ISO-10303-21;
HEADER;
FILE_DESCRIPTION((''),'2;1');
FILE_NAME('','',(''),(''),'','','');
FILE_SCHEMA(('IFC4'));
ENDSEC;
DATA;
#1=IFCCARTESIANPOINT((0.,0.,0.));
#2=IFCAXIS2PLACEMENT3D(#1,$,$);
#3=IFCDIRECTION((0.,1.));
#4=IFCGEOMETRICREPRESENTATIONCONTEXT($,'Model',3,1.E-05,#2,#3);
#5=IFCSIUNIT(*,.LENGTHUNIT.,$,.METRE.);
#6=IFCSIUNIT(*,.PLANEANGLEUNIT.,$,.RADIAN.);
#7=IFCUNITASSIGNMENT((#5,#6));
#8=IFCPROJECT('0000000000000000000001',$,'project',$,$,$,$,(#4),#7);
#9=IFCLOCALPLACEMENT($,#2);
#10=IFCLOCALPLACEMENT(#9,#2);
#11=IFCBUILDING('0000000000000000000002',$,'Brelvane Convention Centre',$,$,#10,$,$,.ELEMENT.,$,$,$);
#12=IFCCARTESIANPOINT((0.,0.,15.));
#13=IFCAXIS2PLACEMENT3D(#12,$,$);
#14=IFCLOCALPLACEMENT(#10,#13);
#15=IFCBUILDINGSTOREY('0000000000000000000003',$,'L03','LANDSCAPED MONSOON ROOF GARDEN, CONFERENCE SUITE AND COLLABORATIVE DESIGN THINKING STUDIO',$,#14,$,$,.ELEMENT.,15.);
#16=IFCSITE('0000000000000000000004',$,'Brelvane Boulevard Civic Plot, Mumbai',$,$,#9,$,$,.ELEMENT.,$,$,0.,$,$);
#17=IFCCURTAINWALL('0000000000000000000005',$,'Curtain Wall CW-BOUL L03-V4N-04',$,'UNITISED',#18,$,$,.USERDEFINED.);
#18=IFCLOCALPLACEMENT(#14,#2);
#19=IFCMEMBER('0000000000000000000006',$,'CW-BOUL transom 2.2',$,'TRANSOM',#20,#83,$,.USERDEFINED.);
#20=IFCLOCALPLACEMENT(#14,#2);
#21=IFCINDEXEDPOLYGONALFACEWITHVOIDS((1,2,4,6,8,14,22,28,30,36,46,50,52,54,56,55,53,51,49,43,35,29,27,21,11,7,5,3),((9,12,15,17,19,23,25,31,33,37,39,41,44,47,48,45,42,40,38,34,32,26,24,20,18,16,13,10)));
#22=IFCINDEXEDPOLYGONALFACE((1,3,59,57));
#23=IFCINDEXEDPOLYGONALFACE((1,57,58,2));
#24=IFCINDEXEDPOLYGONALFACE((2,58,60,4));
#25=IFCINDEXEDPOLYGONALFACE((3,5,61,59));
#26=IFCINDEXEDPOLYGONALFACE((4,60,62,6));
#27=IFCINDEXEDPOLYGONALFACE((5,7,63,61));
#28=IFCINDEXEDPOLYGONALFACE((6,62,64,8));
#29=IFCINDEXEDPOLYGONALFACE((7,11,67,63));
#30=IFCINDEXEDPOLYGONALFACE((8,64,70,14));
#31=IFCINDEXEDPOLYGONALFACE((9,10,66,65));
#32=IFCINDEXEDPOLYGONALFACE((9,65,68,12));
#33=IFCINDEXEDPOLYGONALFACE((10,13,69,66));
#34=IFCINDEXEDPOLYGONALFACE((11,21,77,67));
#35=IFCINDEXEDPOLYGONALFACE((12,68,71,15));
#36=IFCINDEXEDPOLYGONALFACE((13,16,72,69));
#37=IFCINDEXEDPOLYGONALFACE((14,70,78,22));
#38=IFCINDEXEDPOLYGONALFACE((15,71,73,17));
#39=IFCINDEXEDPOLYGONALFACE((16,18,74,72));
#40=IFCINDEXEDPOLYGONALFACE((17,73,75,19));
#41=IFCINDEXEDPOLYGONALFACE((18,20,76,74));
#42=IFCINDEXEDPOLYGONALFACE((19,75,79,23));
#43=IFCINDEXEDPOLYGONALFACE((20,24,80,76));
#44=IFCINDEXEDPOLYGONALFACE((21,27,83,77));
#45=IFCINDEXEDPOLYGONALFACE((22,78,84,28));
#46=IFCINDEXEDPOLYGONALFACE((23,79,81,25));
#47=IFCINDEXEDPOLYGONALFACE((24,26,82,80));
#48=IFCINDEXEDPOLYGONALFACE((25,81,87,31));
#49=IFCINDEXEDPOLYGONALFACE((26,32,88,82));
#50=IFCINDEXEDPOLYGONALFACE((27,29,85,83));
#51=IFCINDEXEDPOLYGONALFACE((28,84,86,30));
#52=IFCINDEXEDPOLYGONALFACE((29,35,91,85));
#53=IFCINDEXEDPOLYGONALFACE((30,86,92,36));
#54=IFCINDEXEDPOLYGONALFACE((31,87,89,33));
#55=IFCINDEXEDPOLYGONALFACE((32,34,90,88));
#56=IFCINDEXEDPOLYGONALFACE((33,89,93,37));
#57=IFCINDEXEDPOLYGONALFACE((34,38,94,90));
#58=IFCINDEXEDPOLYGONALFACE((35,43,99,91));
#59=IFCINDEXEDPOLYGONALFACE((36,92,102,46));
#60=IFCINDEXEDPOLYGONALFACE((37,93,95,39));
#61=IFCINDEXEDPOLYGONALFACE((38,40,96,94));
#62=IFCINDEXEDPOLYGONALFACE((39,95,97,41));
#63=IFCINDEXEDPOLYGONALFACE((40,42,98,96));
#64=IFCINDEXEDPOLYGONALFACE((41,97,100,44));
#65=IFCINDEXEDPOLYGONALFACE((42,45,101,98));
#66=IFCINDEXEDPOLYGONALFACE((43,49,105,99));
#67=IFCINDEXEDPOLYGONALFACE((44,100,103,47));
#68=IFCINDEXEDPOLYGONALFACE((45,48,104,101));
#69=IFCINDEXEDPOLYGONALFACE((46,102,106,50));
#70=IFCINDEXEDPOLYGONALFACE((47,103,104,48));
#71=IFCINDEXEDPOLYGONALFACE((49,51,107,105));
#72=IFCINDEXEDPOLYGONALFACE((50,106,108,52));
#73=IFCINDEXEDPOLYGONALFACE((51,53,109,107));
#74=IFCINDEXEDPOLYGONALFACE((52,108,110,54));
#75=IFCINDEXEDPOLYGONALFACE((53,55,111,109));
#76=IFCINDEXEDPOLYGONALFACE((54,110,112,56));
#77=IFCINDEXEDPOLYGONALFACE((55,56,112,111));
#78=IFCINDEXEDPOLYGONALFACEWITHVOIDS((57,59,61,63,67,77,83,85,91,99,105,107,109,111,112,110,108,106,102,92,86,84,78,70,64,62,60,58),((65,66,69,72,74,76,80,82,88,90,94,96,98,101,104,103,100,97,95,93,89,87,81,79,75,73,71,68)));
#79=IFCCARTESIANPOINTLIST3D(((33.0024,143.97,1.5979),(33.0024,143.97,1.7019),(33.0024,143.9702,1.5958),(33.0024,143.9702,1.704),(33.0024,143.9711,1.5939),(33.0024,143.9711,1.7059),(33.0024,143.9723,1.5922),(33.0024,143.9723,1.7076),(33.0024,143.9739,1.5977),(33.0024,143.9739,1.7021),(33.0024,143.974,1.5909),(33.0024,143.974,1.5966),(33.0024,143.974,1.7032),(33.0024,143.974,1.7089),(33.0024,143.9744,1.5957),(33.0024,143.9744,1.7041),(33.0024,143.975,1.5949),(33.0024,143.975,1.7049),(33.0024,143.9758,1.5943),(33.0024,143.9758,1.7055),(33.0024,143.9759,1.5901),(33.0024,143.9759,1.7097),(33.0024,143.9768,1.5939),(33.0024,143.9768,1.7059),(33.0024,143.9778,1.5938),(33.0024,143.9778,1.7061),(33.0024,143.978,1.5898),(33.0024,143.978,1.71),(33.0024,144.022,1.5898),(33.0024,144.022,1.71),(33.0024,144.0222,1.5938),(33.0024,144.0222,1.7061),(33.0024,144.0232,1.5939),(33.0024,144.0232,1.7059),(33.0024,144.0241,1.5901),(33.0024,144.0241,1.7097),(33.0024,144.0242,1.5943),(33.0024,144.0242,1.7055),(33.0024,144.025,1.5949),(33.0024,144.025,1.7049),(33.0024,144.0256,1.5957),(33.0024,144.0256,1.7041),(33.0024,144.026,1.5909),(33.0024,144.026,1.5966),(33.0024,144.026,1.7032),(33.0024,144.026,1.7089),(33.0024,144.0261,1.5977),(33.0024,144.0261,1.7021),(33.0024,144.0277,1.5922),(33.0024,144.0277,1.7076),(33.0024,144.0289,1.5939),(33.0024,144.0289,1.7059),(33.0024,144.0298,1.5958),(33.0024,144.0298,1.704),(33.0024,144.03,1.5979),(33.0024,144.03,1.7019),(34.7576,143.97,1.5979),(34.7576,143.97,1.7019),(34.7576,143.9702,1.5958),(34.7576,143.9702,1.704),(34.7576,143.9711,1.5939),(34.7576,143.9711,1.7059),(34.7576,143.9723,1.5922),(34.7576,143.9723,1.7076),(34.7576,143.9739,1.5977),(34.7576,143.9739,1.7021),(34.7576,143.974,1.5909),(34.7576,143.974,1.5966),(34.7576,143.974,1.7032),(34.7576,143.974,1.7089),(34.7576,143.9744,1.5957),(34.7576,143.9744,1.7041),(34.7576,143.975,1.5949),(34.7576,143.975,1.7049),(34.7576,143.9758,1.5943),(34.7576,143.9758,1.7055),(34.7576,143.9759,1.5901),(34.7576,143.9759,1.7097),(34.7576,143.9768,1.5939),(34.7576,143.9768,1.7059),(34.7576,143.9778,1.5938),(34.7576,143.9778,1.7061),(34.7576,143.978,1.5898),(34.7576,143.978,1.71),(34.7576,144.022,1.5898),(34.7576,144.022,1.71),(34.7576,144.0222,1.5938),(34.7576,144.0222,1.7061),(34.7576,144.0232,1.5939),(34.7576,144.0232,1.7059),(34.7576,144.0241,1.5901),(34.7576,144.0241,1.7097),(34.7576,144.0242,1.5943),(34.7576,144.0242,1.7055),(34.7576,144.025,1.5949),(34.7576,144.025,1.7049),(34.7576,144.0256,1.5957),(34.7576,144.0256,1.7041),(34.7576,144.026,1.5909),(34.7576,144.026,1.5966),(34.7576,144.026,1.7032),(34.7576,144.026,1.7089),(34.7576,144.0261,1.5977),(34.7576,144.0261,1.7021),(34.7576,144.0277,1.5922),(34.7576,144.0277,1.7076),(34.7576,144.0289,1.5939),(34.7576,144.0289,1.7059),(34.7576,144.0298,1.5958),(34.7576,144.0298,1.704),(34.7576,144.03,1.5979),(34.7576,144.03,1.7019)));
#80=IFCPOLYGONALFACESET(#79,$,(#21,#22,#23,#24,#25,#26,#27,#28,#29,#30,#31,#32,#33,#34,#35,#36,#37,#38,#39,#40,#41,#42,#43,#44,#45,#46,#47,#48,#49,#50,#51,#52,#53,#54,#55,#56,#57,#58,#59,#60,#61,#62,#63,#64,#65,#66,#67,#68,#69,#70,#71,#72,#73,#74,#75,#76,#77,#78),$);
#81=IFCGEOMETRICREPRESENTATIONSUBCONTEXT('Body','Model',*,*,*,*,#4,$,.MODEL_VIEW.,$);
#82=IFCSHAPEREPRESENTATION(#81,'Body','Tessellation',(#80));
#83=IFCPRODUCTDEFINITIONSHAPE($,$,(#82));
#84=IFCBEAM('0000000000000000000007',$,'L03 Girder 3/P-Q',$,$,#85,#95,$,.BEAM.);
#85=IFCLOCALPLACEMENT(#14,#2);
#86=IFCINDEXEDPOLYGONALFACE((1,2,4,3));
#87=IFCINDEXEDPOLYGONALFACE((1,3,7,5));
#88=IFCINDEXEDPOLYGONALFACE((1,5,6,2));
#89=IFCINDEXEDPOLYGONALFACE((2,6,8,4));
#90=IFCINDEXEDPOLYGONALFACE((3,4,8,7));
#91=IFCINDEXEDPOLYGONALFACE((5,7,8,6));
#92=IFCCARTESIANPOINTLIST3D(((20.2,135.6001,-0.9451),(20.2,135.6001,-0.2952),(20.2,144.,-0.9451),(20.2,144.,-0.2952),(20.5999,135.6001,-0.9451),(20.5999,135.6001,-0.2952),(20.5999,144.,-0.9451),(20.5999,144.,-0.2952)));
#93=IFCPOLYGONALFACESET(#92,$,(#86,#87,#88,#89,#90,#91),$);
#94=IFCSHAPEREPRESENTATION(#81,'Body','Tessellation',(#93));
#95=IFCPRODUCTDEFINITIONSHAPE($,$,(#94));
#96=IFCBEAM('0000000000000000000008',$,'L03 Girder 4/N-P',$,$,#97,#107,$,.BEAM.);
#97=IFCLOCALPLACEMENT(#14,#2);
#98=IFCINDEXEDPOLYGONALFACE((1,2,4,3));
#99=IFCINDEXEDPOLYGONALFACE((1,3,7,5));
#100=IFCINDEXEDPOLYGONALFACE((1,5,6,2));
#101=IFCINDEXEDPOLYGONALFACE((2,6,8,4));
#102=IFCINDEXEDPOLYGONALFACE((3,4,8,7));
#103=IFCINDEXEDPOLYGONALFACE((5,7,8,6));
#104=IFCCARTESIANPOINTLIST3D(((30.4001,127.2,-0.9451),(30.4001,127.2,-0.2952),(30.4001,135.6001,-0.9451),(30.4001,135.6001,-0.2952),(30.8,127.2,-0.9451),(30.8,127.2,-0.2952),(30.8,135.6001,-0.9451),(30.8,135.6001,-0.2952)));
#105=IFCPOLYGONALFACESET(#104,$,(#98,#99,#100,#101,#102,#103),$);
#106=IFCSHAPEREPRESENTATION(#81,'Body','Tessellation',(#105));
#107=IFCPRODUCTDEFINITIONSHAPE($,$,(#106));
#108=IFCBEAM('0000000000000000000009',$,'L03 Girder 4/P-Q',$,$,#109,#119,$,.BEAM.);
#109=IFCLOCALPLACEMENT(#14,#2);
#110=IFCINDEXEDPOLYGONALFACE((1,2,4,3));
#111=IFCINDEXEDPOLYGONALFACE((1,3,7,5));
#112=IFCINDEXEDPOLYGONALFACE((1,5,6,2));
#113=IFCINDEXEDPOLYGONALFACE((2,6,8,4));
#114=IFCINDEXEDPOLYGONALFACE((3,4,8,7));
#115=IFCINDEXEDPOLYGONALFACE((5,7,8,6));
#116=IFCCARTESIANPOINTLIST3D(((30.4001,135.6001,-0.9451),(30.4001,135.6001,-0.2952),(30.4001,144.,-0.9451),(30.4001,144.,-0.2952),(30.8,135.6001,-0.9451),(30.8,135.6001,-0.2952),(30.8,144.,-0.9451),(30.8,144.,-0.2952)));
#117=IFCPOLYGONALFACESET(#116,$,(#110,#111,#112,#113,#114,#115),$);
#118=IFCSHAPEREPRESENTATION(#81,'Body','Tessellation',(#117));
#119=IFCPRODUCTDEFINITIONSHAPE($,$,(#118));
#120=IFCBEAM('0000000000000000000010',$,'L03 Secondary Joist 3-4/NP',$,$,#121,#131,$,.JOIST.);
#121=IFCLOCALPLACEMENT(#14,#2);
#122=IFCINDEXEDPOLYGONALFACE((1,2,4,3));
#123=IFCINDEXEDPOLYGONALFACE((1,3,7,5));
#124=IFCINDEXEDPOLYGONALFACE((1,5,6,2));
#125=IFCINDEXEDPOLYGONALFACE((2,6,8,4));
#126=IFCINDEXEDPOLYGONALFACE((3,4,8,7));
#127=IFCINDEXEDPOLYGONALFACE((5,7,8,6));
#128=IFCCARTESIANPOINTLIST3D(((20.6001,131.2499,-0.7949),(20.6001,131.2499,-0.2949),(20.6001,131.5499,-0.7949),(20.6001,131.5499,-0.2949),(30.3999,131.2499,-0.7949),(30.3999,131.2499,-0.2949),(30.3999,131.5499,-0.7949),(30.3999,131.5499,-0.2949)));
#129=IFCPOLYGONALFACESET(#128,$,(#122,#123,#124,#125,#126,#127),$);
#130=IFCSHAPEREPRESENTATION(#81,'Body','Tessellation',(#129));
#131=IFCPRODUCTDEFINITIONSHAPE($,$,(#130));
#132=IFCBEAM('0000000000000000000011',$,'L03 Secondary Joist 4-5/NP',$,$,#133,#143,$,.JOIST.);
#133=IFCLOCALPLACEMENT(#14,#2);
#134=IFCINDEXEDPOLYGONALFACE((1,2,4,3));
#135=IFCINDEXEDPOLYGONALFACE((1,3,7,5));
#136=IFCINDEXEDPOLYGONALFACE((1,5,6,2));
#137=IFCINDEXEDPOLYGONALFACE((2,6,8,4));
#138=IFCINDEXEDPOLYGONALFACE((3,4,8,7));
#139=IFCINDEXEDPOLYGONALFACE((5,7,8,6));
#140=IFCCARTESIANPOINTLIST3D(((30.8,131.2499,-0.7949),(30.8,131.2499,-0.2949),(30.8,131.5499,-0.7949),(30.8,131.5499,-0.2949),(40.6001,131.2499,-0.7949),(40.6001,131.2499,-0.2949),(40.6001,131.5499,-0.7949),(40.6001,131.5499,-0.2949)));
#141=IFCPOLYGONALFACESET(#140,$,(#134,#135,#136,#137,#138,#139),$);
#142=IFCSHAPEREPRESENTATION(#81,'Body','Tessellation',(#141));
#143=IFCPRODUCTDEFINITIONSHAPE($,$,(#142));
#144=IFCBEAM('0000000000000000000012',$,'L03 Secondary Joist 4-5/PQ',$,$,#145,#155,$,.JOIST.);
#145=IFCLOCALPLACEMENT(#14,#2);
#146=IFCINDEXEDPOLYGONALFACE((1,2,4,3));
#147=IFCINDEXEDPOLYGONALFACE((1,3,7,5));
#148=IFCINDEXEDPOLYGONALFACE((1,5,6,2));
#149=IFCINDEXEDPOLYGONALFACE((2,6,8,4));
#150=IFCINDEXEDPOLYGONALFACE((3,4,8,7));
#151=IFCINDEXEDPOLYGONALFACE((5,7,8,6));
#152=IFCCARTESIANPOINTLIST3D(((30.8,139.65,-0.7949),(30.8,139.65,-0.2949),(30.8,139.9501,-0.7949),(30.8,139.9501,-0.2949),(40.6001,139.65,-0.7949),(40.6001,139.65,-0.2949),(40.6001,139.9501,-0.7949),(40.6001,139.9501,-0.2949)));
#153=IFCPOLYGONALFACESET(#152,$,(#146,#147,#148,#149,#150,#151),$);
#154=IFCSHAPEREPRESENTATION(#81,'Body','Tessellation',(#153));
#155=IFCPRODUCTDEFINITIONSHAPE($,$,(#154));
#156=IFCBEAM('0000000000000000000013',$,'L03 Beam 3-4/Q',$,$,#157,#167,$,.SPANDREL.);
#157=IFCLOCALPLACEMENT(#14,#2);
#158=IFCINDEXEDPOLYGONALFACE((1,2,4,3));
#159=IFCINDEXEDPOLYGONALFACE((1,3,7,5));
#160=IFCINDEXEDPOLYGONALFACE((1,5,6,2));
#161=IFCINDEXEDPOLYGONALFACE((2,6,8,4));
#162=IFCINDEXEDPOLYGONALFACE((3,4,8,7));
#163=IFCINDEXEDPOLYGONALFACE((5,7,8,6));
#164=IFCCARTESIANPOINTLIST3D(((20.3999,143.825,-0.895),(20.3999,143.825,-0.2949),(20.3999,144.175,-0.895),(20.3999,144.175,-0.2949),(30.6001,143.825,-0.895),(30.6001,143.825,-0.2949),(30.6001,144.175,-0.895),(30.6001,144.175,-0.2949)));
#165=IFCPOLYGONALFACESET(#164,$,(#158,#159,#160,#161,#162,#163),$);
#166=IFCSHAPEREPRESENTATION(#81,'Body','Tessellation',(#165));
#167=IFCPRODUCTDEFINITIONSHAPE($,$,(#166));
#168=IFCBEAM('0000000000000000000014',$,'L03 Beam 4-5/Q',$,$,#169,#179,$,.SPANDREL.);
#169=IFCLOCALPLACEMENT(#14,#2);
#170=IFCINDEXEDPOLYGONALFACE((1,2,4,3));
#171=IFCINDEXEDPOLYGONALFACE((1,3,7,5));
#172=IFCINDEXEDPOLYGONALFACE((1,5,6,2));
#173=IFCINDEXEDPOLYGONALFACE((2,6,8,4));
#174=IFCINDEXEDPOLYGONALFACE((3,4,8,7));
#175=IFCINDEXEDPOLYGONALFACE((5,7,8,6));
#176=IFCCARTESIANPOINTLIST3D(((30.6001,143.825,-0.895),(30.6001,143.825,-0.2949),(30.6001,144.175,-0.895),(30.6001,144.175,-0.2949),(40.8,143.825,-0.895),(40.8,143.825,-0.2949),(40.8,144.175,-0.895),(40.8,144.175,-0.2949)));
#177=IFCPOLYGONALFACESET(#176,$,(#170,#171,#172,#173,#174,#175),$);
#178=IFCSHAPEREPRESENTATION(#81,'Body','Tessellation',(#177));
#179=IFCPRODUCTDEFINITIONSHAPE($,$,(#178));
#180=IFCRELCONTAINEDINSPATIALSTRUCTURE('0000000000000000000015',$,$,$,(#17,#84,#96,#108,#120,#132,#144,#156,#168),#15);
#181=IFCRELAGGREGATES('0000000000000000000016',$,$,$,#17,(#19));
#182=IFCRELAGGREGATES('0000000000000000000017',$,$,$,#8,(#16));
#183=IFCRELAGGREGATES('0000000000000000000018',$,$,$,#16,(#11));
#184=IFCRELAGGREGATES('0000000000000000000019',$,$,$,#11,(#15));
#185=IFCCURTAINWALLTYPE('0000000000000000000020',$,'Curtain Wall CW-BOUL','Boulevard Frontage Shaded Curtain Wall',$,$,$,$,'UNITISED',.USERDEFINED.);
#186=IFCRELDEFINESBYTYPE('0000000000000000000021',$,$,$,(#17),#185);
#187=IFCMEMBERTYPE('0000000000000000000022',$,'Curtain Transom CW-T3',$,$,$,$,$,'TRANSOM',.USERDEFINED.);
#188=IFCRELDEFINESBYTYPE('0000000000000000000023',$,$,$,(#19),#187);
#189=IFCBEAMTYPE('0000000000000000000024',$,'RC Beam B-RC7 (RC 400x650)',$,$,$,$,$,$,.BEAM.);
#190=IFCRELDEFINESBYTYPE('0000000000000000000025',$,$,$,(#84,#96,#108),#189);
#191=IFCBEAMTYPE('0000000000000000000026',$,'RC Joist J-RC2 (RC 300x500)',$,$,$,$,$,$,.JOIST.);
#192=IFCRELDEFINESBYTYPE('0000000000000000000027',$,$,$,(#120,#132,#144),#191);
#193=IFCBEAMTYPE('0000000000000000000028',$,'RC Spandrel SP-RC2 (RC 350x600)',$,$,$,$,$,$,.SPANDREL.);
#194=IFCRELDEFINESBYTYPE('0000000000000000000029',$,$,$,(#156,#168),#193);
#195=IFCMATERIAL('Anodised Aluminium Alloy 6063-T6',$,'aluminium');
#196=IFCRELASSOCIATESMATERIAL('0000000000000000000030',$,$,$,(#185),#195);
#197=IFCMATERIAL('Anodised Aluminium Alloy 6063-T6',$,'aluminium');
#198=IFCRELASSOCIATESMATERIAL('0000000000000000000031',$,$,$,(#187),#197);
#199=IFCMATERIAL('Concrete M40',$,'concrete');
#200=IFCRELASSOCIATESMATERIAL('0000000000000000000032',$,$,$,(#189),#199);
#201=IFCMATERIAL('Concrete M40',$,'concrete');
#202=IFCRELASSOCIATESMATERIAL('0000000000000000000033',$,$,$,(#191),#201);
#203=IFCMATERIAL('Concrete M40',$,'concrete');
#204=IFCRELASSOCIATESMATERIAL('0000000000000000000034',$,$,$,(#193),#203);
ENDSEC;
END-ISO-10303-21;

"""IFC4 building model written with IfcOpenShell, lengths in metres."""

from ifc_helpers import new_model, si_unit, direction, frame, origin, origin_2d, place, context, subcontext, project, spatial, rectangle, hollow_rectangle, extrude, material, material_profile, profile_set, type_object, element, aggregate, save


model = new_model("IFC4")

# Units and contexts
model_context = context("Model", 3, precision=1e-05, world=origin(), true_north=direction((0.0, 1.0)))
body_context = subcontext(model_context, "Body", "Model", "MODEL_VIEW")
ifc_project = project(units=[si_unit("LENGTHUNIT", "METRE"), si_unit("PLANEANGLEUNIT", "RADIAN")], contexts=[model_context])

# Site, building, storey
site_placement = place(None, origin())
site = spatial("IfcSite", under=ifc_project, at=site_placement, Name="Brelvane Boulevard Civic Plot, Mumbai", CompositionType="ELEMENT", RefElevation=0.0)
building_placement = place(site_placement, origin())
building = spatial("IfcBuilding", under=site, at=building_placement, Name="Brelvane Convention Centre", CompositionType="ELEMENT")
storey_placement = place(building_placement, frame((0.0, 0.0, 15.0)))
storey = spatial("IfcBuildingStorey", under=building, at=storey_placement, Name="L03", Description="LANDSCAPED MONSOON ROOF GARDEN, CONFERENCE SUITE AND COLLABORATIVE DESIGN THINKING STUDIO", CompositionType="ELEMENT", Elevation=15.0)

# Curtain wall, member
ifc_material_1 = material(Name="Anodised Aluminium Alloy 6063-T6", Category="aluminium")
curtain_wall_type = type_object("IfcCurtainWallType", Name="Curtain Wall CW-BOUL", Description="Boulevard Frontage Shaded Curtain Wall", ElementType="UNITISED", PredefinedType="USERDEFINED", material=ifc_material_1)
curtain_wall_placement = place(storey_placement, origin())
curtain_wall = element("IfcCurtainWall", 1, at=curtain_wall_placement, inside=storey, type_object=curtain_wall_type, Name="Curtain Wall CW-BOUL L03-V4N-04", ObjectType="UNITISED", PredefinedType="USERDEFINED")
ifc_material_2 = material(Name="Anodised Aluminium Alloy 6063-T6", Category="aluminium")
ifc_material_profile_1 = material_profile(ifc_material_2, hollow_rectangle(XDim=0.0601, YDim=0.1201, WallThickness=0.0039, InnerFilletRadius=0.0039, OuterFilletRadius=0.0081, at=origin_2d()), Name="ALU-T 120x60x4.0")
ifc_profile_set_1 = profile_set([ifc_material_profile_1], Name="Anodised Aluminium Alloy 6063-T6")
member_type_1 = type_object("IfcMemberType", Name="Curtain Transom CW-T3", ElementType="TRANSOM", PredefinedType="USERDEFINED", material=ifc_profile_set_1)
member_1_placement = place(storey_placement, frame((33.0024, 144.0, 1.6499), z_axis=(1.0, 0.0, 0.0), x_axis=(0.0, 1.0, 0.0)))
member_1 = element("IfcMember", 2, at=member_1_placement, type_object=member_type_1, Name="CW-BOUL transom 2.2", ObjectType="TRANSOM", PredefinedType="USERDEFINED", context=body_context, shape_type="SweptSolid", body=[
    extrude(hollow_rectangle(XDim=0.0601, YDim=0.1201, WallThickness=0.0039, InnerFilletRadius=0.0039, OuterFilletRadius=0.0081, at=origin_2d()), origin(), (0.0, 0.0, 1.0), 1.7551),
])

# Beams
ifc_material_3 = material(Name="Concrete M40", Category="concrete")
ifc_material_profile_2 = material_profile(ifc_material_3, rectangle(XDim=0.3999, YDim=0.6499, at=origin_2d()), Name="RC 400x650")
ifc_profile_set_2 = profile_set([ifc_material_profile_2], Name="Concrete M40")
beam_type_1 = type_object("IfcBeamType", Name="RC Beam B-RC7 (RC 400x650)", PredefinedType="BEAM", material=ifc_profile_set_2)
beam_1_placement = place(storey_placement, frame((20.3999, 135.6001, -0.6201), z_axis=(0.0, 1.0, 0.0), x_axis=(-1.0, 0.0, 0.0)))
element("IfcBeam", 3, at=beam_1_placement, inside=storey, type_object=beam_type_1, Name="L03 Girder 3/P-Q", PredefinedType="BEAM", context=body_context, shape_type="SweptSolid", body=[
    extrude(rectangle(XDim=0.3999, YDim=0.6499, at=origin_2d()), origin(), (0.0, 0.0, 1.0), 8.3999),
])
beam_2_placement = place(storey_placement, frame((30.6001, 127.2, -0.6201), z_axis=(0.0, 1.0, 0.0), x_axis=(-1.0, 0.0, 0.0)))
element("IfcBeam", 4, at=beam_2_placement, inside=storey, type_object=beam_type_1, Name="L03 Girder 4/N-P", PredefinedType="BEAM", context=body_context, shape_type="SweptSolid", body=[
    extrude(rectangle(XDim=0.3999, YDim=0.6499, at=origin_2d()), origin(), (0.0, 0.0, 1.0), 8.4001),
])
beam_3_placement = place(storey_placement, frame((30.6001, 135.6001, -0.6201), z_axis=(0.0, 1.0, 0.0), x_axis=(-1.0, 0.0, 0.0)))
element("IfcBeam", 5, at=beam_3_placement, inside=storey, type_object=beam_type_1, Name="L03 Girder 4/P-Q", PredefinedType="BEAM", context=body_context, shape_type="SweptSolid", body=[
    extrude(rectangle(XDim=0.3999, YDim=0.6499, at=origin_2d()), origin(), (0.0, 0.0, 1.0), 8.3999),
])
ifc_material_4 = material(Name="Concrete M40", Category="concrete")
ifc_material_profile_3 = material_profile(ifc_material_4, rectangle(XDim=0.3, YDim=0.5, at=origin_2d()), Name="RC 300x500")
ifc_profile_set_3 = profile_set([ifc_material_profile_3], Name="Concrete M40")
beam_type_2 = type_object("IfcBeamType", Name="RC Joist J-RC2 (RC 300x500)", PredefinedType="JOIST", material=ifc_profile_set_3)
beam_4_placement = place(storey_placement, frame((20.6001, 131.3999, -0.5449), z_axis=(1.0, 0.0, 0.0), x_axis=(0.0, 1.0, 0.0)))
element("IfcBeam", 6, at=beam_4_placement, inside=storey, type_object=beam_type_2, Name="L03 Secondary Joist 3-4/NP", PredefinedType="JOIST", context=body_context, shape_type="SweptSolid", body=[
    extrude(rectangle(XDim=0.3, YDim=0.5, at=origin_2d()), origin(), (0.0, 0.0, 1.0), 9.7998),
])
for number, where, z_axis, x_axis, name in (
    (7, (30.8, 131.3999, -0.5449), (1.0, 0.0, 0.0), (0.0, 1.0, 0.0), "L03 Secondary Joist 4-5/NP"),
    (8, (30.8, 139.8, -0.5449), (1.0, 0.0, 0.0), (0.0, 1.0, 0.0), "L03 Secondary Joist 4-5/PQ"),
):
    element("IfcBeam", number, at=place(storey_placement, frame(where, z_axis=z_axis, x_axis=x_axis)), inside=storey, type_object=beam_type_2, Name=name, PredefinedType="JOIST", context=body_context, shape_type="SweptSolid", body=[
        extrude(rectangle(XDim=0.3, YDim=0.5, at=origin_2d()), origin(), (0.0, 0.0, 1.0), 9.8),
    ])
ifc_material_5 = material(Name="Concrete M40", Category="concrete")
ifc_material_profile_4 = material_profile(ifc_material_5, rectangle(XDim=0.3501, YDim=0.6001, at=origin_2d()), Name="RC 350x600")
ifc_profile_set_4 = profile_set([ifc_material_profile_4], Name="Concrete M40")
beam_type_3 = type_object("IfcBeamType", Name="RC Spandrel SP-RC2 (RC 350x600)", PredefinedType="SPANDREL", material=ifc_profile_set_4)
beam_5_placement = place(storey_placement, frame((20.3999, 144.0, -0.595), z_axis=(1.0, 0.0, 0.0), x_axis=(0.0, 1.0, 0.0)))
element("IfcBeam", 9, at=beam_5_placement, inside=storey, type_object=beam_type_3, Name="L03 Beam 3-4/Q", PredefinedType="SPANDREL", context=body_context, shape_type="SweptSolid", body=[
    extrude(rectangle(XDim=0.3501, YDim=0.6001, at=origin_2d()), origin(), (0.0, 0.0, 1.0), 10.2002),
])
beam_6_placement = place(storey_placement, frame((30.6001, 144.0, -0.595), z_axis=(1.0, 0.0, 0.0), x_axis=(0.0, 1.0, 0.0)))
element("IfcBeam", 10, at=beam_6_placement, inside=storey, type_object=beam_type_3, Name="L03 Beam 4-5/Q", PredefinedType="SPANDREL", context=body_context, shape_type="SweptSolid", body=[
    extrude(rectangle(XDim=0.3501, YDim=0.6001, at=origin_2d()), origin(), (0.0, 0.0, 1.0), 10.2),
])

aggregate(curtain_wall, [member_1])

save(model, "model.ifc")
